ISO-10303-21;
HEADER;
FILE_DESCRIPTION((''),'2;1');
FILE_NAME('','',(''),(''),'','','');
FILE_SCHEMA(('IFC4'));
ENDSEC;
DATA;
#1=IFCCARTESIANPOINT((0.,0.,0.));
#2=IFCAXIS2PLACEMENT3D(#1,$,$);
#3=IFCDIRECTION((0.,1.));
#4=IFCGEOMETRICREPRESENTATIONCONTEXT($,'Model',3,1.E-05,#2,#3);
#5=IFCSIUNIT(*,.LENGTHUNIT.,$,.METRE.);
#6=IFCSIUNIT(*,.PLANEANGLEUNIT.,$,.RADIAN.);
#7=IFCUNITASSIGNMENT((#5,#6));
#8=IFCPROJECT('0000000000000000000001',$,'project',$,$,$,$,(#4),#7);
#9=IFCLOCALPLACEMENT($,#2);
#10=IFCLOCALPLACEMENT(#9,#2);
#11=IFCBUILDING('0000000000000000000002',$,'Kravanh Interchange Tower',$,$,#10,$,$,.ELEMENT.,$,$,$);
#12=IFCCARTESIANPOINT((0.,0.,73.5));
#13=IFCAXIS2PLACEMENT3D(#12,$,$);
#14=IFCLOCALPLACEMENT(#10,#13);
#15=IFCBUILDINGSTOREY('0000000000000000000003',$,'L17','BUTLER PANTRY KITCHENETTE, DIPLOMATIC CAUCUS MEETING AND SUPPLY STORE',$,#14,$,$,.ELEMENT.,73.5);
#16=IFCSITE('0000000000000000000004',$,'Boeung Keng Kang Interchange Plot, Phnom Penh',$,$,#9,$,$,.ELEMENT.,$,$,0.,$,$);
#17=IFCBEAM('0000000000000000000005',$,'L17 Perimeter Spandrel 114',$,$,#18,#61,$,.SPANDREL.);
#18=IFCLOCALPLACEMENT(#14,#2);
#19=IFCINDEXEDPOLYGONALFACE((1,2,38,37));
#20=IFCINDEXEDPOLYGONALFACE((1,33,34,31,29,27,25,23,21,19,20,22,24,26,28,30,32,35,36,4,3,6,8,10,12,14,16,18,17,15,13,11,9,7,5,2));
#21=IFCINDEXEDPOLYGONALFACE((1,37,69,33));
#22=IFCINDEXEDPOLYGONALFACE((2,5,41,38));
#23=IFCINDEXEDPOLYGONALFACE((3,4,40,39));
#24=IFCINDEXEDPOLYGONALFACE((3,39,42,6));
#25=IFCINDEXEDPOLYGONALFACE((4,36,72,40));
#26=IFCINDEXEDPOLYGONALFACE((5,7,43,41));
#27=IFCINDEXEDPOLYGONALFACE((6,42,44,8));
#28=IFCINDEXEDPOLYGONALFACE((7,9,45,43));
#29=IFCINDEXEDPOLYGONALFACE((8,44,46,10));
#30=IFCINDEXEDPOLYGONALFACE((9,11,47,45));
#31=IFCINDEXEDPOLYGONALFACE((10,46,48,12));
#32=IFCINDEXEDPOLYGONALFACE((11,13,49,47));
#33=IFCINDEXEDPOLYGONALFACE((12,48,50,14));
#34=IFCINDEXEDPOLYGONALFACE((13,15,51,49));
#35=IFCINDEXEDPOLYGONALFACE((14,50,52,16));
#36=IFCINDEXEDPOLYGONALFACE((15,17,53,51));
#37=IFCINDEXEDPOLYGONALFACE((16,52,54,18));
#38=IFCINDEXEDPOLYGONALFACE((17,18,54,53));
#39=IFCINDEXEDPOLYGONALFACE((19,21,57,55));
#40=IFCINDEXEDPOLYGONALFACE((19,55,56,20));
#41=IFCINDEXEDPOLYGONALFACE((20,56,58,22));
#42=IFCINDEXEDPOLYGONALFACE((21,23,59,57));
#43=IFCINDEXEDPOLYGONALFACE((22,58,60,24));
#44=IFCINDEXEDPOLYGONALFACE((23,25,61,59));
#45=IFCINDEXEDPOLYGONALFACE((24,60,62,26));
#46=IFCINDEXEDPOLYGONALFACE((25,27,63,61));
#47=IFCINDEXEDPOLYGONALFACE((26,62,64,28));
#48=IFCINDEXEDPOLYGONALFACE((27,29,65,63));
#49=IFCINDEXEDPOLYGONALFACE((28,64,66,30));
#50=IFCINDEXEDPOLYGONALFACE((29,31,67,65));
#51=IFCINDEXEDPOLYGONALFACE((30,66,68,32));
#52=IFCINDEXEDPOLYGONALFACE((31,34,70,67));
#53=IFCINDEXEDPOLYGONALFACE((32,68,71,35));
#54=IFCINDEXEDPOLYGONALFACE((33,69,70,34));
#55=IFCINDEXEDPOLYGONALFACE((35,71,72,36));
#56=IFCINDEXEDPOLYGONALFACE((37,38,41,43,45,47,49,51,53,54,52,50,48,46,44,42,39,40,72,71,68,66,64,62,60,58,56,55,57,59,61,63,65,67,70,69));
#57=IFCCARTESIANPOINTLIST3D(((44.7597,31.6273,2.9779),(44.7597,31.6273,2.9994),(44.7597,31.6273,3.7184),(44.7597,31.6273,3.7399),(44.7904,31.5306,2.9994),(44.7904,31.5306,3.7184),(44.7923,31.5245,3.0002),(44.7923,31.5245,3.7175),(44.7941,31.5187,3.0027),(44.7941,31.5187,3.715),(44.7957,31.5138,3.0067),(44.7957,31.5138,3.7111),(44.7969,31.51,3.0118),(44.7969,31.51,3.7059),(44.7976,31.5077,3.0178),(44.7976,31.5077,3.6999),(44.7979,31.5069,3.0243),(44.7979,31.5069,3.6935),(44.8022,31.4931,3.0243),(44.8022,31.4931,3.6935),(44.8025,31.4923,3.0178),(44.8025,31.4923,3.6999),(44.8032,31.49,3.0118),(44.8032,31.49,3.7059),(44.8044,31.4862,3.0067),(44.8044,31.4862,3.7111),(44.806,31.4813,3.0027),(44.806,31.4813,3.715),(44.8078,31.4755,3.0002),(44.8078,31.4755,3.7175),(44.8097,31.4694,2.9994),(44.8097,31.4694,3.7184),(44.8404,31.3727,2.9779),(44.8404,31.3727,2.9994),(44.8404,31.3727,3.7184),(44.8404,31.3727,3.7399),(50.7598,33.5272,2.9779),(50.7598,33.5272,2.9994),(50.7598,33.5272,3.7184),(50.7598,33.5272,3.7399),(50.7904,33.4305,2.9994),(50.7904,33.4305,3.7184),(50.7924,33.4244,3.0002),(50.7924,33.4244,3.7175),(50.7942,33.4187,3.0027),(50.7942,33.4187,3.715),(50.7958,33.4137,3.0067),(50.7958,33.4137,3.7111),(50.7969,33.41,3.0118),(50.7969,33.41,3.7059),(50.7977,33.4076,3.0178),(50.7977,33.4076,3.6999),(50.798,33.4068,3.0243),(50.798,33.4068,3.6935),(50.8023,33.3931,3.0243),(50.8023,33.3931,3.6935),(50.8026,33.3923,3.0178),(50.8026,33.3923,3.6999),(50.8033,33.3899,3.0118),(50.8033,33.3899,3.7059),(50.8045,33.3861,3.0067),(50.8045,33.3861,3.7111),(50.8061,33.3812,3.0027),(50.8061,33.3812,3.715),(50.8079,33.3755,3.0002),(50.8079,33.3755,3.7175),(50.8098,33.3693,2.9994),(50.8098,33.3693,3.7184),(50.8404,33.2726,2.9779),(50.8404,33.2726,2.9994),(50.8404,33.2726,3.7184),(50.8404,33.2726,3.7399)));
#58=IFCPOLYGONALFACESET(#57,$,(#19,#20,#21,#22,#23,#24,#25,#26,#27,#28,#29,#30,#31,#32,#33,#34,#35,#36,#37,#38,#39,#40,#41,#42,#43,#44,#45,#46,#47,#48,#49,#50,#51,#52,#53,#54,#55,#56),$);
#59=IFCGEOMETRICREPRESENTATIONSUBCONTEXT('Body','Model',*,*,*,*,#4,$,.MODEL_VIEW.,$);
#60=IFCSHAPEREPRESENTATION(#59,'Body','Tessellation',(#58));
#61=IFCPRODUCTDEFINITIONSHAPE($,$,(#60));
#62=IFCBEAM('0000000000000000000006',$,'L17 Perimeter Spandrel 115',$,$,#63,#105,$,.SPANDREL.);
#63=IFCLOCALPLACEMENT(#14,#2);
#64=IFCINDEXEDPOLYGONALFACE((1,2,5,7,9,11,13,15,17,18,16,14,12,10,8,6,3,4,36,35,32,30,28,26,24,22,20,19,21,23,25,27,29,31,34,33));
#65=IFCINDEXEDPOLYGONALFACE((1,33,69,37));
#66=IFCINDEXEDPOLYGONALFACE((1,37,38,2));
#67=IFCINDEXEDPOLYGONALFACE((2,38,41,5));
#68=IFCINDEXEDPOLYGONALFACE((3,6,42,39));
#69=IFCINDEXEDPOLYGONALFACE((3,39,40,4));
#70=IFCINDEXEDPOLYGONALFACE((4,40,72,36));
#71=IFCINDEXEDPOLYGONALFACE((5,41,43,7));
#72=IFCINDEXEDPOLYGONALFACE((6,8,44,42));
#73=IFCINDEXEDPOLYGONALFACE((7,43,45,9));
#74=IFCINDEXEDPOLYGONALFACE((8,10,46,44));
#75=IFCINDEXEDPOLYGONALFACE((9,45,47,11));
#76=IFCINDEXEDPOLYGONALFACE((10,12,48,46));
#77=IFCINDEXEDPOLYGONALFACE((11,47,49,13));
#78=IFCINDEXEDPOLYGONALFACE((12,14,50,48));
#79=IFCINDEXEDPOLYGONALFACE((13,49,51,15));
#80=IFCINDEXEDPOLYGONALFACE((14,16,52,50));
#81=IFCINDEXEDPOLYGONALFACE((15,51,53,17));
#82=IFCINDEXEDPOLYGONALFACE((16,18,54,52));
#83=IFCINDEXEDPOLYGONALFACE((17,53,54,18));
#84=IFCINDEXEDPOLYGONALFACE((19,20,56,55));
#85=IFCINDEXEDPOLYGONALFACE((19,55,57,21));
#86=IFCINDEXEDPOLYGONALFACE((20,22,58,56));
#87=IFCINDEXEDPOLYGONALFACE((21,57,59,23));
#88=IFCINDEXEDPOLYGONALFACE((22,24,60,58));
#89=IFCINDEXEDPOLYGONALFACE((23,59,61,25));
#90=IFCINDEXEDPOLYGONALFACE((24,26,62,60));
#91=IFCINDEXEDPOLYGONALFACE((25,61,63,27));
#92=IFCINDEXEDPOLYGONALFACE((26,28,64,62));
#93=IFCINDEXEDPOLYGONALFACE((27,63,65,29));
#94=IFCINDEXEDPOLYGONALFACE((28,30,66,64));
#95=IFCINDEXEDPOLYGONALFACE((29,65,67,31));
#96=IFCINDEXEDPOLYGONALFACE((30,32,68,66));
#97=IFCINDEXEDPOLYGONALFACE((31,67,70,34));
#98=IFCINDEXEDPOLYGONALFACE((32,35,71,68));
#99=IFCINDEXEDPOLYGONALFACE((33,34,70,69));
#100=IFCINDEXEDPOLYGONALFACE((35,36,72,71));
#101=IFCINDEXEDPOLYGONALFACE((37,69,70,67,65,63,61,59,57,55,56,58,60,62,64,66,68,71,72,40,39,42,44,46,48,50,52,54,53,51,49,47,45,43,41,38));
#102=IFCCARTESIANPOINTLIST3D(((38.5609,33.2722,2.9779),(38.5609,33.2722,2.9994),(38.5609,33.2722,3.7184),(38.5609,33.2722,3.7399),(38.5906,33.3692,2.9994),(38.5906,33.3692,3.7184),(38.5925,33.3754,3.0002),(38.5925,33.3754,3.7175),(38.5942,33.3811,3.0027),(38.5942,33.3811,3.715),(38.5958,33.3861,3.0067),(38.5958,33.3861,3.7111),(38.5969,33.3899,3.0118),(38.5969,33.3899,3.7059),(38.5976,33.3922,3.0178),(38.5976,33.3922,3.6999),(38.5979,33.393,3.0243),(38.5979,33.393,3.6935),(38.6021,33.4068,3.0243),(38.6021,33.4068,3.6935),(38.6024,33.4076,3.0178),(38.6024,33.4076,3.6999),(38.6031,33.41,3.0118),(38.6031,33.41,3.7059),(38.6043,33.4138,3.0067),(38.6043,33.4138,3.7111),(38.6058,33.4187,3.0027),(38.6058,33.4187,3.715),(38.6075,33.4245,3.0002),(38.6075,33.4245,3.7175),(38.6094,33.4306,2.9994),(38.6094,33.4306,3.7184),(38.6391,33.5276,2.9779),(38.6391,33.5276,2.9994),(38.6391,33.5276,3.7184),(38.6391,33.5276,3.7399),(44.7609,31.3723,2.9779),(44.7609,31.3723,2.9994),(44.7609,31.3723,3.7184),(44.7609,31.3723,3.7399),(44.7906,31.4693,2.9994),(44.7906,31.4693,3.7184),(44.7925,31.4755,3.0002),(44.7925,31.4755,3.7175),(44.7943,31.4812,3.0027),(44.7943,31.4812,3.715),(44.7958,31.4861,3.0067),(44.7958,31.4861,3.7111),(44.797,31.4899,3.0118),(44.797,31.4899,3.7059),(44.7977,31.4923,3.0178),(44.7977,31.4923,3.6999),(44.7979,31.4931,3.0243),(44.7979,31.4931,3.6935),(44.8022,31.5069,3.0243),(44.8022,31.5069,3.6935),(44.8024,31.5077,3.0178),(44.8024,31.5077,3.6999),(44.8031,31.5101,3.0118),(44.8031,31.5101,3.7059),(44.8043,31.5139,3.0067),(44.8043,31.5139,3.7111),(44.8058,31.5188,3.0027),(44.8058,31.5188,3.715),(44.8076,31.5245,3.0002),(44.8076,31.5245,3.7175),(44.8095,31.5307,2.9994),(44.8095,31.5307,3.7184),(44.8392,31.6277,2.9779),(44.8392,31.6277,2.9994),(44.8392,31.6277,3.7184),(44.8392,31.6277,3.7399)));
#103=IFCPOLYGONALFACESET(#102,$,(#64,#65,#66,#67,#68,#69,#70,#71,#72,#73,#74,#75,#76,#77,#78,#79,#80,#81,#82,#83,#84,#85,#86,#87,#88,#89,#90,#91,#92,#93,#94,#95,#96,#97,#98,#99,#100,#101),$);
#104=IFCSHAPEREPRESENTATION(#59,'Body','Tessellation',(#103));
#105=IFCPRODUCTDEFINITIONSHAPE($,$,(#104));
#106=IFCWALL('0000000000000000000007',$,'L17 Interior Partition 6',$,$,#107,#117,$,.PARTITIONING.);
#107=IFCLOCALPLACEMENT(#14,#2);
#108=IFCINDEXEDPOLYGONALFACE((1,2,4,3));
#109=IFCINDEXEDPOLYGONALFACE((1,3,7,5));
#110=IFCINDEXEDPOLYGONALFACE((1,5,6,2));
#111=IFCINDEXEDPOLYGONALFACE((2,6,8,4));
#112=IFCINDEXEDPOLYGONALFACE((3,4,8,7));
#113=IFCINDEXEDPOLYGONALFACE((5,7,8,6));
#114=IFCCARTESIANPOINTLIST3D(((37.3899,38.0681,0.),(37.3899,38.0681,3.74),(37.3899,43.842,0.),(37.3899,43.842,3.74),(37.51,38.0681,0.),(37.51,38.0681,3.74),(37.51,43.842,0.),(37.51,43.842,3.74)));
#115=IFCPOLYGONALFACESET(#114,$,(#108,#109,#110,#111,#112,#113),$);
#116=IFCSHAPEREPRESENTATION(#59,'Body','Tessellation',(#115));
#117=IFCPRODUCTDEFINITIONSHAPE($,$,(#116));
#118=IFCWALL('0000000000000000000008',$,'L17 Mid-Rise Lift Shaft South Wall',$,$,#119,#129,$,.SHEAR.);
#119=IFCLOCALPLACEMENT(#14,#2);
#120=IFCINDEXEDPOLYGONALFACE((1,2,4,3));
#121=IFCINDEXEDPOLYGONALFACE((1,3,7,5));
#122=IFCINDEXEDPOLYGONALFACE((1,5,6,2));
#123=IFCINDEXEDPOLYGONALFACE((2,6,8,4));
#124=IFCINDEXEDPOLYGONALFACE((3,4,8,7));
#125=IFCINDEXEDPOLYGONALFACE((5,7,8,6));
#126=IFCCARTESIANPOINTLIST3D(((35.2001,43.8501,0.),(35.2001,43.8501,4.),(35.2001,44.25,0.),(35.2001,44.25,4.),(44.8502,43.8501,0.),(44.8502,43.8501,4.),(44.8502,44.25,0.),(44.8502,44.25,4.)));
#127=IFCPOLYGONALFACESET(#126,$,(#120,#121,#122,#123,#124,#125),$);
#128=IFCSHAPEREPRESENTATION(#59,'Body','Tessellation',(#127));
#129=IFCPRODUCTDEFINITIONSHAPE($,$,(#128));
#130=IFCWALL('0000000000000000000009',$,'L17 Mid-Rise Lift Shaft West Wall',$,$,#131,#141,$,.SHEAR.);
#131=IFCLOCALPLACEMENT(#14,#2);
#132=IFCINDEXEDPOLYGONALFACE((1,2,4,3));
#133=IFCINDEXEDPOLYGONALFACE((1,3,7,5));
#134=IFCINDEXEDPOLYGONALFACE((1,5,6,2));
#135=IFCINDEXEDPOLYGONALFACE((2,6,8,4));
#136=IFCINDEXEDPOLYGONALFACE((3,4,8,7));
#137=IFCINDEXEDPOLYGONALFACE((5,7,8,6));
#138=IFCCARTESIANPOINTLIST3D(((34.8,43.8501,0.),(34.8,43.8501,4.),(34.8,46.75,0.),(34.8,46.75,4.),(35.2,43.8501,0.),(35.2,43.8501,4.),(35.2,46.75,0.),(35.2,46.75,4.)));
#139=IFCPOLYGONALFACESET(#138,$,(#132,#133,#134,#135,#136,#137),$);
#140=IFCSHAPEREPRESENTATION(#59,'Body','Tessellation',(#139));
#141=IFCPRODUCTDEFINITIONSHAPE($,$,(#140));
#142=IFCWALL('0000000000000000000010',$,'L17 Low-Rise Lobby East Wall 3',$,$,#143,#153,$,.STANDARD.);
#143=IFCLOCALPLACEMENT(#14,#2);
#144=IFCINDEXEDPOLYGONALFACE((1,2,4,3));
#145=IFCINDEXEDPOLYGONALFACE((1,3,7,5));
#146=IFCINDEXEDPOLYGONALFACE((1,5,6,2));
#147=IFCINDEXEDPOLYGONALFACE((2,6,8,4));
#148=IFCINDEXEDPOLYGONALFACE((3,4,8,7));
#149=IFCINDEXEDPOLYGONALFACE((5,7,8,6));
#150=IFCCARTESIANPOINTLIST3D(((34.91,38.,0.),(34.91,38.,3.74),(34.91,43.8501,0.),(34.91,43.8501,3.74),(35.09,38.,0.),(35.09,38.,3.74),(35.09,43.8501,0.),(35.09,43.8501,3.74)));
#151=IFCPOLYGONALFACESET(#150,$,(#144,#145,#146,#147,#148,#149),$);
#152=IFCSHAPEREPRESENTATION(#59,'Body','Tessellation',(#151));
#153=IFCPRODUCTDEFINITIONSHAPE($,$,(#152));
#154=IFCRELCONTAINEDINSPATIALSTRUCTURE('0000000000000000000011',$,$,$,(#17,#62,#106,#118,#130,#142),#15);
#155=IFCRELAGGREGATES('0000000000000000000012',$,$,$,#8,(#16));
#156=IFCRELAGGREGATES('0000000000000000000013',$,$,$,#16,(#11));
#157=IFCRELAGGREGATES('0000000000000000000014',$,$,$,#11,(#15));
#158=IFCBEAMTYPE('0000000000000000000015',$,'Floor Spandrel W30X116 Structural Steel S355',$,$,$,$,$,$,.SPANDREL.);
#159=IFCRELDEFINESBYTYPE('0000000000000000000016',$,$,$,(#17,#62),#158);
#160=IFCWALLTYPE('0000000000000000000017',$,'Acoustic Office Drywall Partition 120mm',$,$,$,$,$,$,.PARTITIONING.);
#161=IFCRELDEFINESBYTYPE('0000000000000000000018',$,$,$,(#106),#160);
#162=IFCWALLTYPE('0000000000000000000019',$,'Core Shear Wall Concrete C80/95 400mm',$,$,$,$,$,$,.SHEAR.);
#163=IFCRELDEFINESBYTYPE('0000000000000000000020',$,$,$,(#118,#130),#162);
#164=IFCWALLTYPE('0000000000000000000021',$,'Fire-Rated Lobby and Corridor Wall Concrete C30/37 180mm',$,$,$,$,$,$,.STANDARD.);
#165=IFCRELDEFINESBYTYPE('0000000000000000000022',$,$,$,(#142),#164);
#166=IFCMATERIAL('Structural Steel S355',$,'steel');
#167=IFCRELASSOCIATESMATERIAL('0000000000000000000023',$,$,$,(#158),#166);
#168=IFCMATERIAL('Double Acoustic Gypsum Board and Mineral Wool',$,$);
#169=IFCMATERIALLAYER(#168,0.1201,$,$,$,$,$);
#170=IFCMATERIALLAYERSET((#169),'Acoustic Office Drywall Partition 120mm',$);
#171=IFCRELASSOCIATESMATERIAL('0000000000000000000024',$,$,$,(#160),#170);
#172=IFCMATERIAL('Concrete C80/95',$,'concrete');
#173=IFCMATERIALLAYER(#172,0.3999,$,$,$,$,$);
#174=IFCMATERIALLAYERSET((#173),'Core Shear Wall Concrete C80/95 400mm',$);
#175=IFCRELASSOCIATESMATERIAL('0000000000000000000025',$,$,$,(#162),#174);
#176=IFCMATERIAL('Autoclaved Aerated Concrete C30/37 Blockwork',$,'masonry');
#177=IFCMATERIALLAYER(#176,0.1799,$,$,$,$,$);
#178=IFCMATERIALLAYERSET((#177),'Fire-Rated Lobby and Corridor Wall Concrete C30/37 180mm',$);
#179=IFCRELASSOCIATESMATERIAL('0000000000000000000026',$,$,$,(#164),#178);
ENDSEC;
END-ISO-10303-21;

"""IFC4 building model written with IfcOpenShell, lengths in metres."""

from ifc_helpers import new_model, si_unit, direction, frame, frame_2d, origin, origin_2d, place, context, subcontext, project, spatial, rectangle, i_section, extrude, material, layer, layer_set, material_profile, profile_set, type_object, element, save


model = new_model("IFC4")

# Units and contexts
model_context = context("Model", 3, precision=1e-05, world=origin(), true_north=direction((0.0, 1.0)))
body_context = subcontext(model_context, "Body", "Model", "MODEL_VIEW")
ifc_project = project(units=[si_unit("LENGTHUNIT", "METRE"), si_unit("PLANEANGLEUNIT", "RADIAN")], contexts=[model_context])

# Site, building, storey
site_placement = place(None, origin())
site = spatial("IfcSite", under=ifc_project, at=site_placement, Name="Boeung Keng Kang Interchange Plot, Phnom Penh", CompositionType="ELEMENT", RefElevation=0.0)
building_placement = place(site_placement, origin())
building = spatial("IfcBuilding", under=site, at=building_placement, Name="Kravanh Interchange Tower", CompositionType="ELEMENT")
storey_placement = place(building_placement, frame((0.0, 0.0, 73.5)))
storey = spatial("IfcBuildingStorey", under=building, at=storey_placement, Name="L17", Description="BUTLER PANTRY KITCHENETTE, DIPLOMATIC CAUCUS MEETING AND SUPPLY STORE", CompositionType="ELEMENT", Elevation=73.5)

# Beams
ifc_material_1 = material(Name="Structural Steel S355", Category="steel")
ifc_material_profile_1 = material_profile(ifc_material_1, i_section(OverallWidth=0.2671, OverallDepth=0.762, WebThickness=0.0144, FlangeThickness=0.0215, FilletRadius=0.0249, at=origin_2d()), Name="W30X116")
ifc_profile_set_1 = profile_set([ifc_material_profile_1], Name="Structural Steel S355")
beam_type_1 = type_object("IfcBeamType", Name="Floor Spandrel W30X116 Structural Steel S355", PredefinedType="SPANDREL", material=ifc_profile_set_1)
beam_1_placement = place(storey_placement, frame((44.8, 31.5, 3.3589), z_axis=(0.953347, 0.301878, 0.0), x_axis=(-0.301878, 0.953347, 0.0)))
element("IfcBeam", 1, at=beam_1_placement, inside=storey, type_object=beam_type_1, Name="L17 Perimeter Spandrel 114", PredefinedType="SPANDREL", context=body_context, shape_type="SweptSolid", body=[
    extrude(i_section(OverallWidth=0.2671, OverallDepth=0.762, WebThickness=0.0144, FlangeThickness=0.0215, FilletRadius=0.0249, at=origin_2d()), origin(), (0.0, 0.0, 1.0), 6.2937),
])
beam_2_placement = place(storey_placement, frame((44.8, 31.5, 3.3589), z_axis=(-0.956115, 0.29299, 0.0), x_axis=(-0.29299, -0.956115, 0.0)))
element("IfcBeam", 2, at=beam_2_placement, inside=storey, type_object=beam_type_1, Name="L17 Perimeter Spandrel 115", PredefinedType="SPANDREL", context=body_context, shape_type="SweptSolid", body=[
    extrude(i_section(OverallWidth=0.2671, OverallDepth=0.762, WebThickness=0.0144, FlangeThickness=0.0215, FilletRadius=0.0249, at=origin_2d()), origin(), (0.0, 0.0, 1.0), 6.4846),
])

# Walls
ifc_material_2 = material(Name="Double Acoustic Gypsum Board and Mineral Wool")
ifc_layer_1 = layer(ifc_material_2, 0.1201)
ifc_layer_set_1 = layer_set([ifc_layer_1], Name="Acoustic Office Drywall Partition 120mm")
wall_type_1 = type_object("IfcWallType", Name="Acoustic Office Drywall Partition 120mm", PredefinedType="PARTITIONING", material=ifc_layer_set_1)
wall_1_placement = place(storey_placement, frame((37.45, 38.0681, 0.0), z_axis=(0.0, 0.0, 1.0), x_axis=(0.0, 1.0, 0.0)))
element("IfcWall", 3, at=wall_1_placement, inside=storey, type_object=wall_type_1, Name="L17 Interior Partition 6", PredefinedType="PARTITIONING", context=body_context, shape_type="SweptSolid", body=[
    extrude(rectangle(XDim=5.7739, YDim=0.1201, at=frame_2d((2.887, 0.0))), origin(), (0.0, 0.0, 1.0), 3.74),
])
ifc_material_3 = material(Name="Concrete C80/95", Category="concrete")
ifc_layer_2 = layer(ifc_material_3, 0.3999)
ifc_layer_set_2 = layer_set([ifc_layer_2], Name="Core Shear Wall Concrete C80/95 400mm")
wall_type_2 = type_object("IfcWallType", Name="Core Shear Wall Concrete C80/95 400mm", PredefinedType="SHEAR", material=ifc_layer_set_2)
wall_2_placement = place(storey_placement, frame((35.2, 44.05, 0.0), z_axis=(0.0, 0.0, 1.0), x_axis=(1.0, 0.0, 0.0)))
element("IfcWall", 4, at=wall_2_placement, inside=storey, type_object=wall_type_2, Name="L17 Mid-Rise Lift Shaft South Wall", PredefinedType="SHEAR", context=body_context, shape_type="SweptSolid", body=[
    extrude(rectangle(XDim=9.6501, YDim=0.3999, at=frame_2d((4.8252, 0.0))), origin(), (0.0, 0.0, 1.0), 4.0),
])
wall_3_placement = place(storey_placement, frame((35.0, 43.8501, 0.0), z_axis=(0.0, 0.0, 1.0), x_axis=(0.0, 1.0, 0.0)))
element("IfcWall", 5, at=wall_3_placement, inside=storey, type_object=wall_type_2, Name="L17 Mid-Rise Lift Shaft West Wall", PredefinedType="SHEAR", context=body_context, shape_type="SweptSolid", body=[
    extrude(rectangle(XDim=2.8999, YDim=0.3999, at=frame_2d((1.45, 0.0))), origin(), (0.0, 0.0, 1.0), 4.0),
])
ifc_material_4 = material(Name="Autoclaved Aerated Concrete C30/37 Blockwork", Category="masonry")
ifc_layer_3 = layer(ifc_material_4, 0.1799)
ifc_layer_set_3 = layer_set([ifc_layer_3], Name="Fire-Rated Lobby and Corridor Wall Concrete C30/37 180mm")
wall_type_3 = type_object("IfcWallType", Name="Fire-Rated Lobby and Corridor Wall Concrete C30/37 180mm", PredefinedType="STANDARD", material=ifc_layer_set_3)
wall_4_placement = place(storey_placement, frame((35.0, 38.0, 0.0), z_axis=(0.0, 0.0, 1.0), x_axis=(0.0, 1.0, 0.0)))
element("IfcWall", 6, at=wall_4_placement, inside=storey, type_object=wall_type_3, Name="L17 Low-Rise Lobby East Wall 3", PredefinedType="STANDARD", context=body_context, shape_type="SweptSolid", body=[
    extrude(rectangle(XDim=5.8501, YDim=0.1799, at=frame_2d((2.925, 0.0))), origin(), (0.0, 0.0, 1.0), 3.74),
])

save(model, "model.ifc")
